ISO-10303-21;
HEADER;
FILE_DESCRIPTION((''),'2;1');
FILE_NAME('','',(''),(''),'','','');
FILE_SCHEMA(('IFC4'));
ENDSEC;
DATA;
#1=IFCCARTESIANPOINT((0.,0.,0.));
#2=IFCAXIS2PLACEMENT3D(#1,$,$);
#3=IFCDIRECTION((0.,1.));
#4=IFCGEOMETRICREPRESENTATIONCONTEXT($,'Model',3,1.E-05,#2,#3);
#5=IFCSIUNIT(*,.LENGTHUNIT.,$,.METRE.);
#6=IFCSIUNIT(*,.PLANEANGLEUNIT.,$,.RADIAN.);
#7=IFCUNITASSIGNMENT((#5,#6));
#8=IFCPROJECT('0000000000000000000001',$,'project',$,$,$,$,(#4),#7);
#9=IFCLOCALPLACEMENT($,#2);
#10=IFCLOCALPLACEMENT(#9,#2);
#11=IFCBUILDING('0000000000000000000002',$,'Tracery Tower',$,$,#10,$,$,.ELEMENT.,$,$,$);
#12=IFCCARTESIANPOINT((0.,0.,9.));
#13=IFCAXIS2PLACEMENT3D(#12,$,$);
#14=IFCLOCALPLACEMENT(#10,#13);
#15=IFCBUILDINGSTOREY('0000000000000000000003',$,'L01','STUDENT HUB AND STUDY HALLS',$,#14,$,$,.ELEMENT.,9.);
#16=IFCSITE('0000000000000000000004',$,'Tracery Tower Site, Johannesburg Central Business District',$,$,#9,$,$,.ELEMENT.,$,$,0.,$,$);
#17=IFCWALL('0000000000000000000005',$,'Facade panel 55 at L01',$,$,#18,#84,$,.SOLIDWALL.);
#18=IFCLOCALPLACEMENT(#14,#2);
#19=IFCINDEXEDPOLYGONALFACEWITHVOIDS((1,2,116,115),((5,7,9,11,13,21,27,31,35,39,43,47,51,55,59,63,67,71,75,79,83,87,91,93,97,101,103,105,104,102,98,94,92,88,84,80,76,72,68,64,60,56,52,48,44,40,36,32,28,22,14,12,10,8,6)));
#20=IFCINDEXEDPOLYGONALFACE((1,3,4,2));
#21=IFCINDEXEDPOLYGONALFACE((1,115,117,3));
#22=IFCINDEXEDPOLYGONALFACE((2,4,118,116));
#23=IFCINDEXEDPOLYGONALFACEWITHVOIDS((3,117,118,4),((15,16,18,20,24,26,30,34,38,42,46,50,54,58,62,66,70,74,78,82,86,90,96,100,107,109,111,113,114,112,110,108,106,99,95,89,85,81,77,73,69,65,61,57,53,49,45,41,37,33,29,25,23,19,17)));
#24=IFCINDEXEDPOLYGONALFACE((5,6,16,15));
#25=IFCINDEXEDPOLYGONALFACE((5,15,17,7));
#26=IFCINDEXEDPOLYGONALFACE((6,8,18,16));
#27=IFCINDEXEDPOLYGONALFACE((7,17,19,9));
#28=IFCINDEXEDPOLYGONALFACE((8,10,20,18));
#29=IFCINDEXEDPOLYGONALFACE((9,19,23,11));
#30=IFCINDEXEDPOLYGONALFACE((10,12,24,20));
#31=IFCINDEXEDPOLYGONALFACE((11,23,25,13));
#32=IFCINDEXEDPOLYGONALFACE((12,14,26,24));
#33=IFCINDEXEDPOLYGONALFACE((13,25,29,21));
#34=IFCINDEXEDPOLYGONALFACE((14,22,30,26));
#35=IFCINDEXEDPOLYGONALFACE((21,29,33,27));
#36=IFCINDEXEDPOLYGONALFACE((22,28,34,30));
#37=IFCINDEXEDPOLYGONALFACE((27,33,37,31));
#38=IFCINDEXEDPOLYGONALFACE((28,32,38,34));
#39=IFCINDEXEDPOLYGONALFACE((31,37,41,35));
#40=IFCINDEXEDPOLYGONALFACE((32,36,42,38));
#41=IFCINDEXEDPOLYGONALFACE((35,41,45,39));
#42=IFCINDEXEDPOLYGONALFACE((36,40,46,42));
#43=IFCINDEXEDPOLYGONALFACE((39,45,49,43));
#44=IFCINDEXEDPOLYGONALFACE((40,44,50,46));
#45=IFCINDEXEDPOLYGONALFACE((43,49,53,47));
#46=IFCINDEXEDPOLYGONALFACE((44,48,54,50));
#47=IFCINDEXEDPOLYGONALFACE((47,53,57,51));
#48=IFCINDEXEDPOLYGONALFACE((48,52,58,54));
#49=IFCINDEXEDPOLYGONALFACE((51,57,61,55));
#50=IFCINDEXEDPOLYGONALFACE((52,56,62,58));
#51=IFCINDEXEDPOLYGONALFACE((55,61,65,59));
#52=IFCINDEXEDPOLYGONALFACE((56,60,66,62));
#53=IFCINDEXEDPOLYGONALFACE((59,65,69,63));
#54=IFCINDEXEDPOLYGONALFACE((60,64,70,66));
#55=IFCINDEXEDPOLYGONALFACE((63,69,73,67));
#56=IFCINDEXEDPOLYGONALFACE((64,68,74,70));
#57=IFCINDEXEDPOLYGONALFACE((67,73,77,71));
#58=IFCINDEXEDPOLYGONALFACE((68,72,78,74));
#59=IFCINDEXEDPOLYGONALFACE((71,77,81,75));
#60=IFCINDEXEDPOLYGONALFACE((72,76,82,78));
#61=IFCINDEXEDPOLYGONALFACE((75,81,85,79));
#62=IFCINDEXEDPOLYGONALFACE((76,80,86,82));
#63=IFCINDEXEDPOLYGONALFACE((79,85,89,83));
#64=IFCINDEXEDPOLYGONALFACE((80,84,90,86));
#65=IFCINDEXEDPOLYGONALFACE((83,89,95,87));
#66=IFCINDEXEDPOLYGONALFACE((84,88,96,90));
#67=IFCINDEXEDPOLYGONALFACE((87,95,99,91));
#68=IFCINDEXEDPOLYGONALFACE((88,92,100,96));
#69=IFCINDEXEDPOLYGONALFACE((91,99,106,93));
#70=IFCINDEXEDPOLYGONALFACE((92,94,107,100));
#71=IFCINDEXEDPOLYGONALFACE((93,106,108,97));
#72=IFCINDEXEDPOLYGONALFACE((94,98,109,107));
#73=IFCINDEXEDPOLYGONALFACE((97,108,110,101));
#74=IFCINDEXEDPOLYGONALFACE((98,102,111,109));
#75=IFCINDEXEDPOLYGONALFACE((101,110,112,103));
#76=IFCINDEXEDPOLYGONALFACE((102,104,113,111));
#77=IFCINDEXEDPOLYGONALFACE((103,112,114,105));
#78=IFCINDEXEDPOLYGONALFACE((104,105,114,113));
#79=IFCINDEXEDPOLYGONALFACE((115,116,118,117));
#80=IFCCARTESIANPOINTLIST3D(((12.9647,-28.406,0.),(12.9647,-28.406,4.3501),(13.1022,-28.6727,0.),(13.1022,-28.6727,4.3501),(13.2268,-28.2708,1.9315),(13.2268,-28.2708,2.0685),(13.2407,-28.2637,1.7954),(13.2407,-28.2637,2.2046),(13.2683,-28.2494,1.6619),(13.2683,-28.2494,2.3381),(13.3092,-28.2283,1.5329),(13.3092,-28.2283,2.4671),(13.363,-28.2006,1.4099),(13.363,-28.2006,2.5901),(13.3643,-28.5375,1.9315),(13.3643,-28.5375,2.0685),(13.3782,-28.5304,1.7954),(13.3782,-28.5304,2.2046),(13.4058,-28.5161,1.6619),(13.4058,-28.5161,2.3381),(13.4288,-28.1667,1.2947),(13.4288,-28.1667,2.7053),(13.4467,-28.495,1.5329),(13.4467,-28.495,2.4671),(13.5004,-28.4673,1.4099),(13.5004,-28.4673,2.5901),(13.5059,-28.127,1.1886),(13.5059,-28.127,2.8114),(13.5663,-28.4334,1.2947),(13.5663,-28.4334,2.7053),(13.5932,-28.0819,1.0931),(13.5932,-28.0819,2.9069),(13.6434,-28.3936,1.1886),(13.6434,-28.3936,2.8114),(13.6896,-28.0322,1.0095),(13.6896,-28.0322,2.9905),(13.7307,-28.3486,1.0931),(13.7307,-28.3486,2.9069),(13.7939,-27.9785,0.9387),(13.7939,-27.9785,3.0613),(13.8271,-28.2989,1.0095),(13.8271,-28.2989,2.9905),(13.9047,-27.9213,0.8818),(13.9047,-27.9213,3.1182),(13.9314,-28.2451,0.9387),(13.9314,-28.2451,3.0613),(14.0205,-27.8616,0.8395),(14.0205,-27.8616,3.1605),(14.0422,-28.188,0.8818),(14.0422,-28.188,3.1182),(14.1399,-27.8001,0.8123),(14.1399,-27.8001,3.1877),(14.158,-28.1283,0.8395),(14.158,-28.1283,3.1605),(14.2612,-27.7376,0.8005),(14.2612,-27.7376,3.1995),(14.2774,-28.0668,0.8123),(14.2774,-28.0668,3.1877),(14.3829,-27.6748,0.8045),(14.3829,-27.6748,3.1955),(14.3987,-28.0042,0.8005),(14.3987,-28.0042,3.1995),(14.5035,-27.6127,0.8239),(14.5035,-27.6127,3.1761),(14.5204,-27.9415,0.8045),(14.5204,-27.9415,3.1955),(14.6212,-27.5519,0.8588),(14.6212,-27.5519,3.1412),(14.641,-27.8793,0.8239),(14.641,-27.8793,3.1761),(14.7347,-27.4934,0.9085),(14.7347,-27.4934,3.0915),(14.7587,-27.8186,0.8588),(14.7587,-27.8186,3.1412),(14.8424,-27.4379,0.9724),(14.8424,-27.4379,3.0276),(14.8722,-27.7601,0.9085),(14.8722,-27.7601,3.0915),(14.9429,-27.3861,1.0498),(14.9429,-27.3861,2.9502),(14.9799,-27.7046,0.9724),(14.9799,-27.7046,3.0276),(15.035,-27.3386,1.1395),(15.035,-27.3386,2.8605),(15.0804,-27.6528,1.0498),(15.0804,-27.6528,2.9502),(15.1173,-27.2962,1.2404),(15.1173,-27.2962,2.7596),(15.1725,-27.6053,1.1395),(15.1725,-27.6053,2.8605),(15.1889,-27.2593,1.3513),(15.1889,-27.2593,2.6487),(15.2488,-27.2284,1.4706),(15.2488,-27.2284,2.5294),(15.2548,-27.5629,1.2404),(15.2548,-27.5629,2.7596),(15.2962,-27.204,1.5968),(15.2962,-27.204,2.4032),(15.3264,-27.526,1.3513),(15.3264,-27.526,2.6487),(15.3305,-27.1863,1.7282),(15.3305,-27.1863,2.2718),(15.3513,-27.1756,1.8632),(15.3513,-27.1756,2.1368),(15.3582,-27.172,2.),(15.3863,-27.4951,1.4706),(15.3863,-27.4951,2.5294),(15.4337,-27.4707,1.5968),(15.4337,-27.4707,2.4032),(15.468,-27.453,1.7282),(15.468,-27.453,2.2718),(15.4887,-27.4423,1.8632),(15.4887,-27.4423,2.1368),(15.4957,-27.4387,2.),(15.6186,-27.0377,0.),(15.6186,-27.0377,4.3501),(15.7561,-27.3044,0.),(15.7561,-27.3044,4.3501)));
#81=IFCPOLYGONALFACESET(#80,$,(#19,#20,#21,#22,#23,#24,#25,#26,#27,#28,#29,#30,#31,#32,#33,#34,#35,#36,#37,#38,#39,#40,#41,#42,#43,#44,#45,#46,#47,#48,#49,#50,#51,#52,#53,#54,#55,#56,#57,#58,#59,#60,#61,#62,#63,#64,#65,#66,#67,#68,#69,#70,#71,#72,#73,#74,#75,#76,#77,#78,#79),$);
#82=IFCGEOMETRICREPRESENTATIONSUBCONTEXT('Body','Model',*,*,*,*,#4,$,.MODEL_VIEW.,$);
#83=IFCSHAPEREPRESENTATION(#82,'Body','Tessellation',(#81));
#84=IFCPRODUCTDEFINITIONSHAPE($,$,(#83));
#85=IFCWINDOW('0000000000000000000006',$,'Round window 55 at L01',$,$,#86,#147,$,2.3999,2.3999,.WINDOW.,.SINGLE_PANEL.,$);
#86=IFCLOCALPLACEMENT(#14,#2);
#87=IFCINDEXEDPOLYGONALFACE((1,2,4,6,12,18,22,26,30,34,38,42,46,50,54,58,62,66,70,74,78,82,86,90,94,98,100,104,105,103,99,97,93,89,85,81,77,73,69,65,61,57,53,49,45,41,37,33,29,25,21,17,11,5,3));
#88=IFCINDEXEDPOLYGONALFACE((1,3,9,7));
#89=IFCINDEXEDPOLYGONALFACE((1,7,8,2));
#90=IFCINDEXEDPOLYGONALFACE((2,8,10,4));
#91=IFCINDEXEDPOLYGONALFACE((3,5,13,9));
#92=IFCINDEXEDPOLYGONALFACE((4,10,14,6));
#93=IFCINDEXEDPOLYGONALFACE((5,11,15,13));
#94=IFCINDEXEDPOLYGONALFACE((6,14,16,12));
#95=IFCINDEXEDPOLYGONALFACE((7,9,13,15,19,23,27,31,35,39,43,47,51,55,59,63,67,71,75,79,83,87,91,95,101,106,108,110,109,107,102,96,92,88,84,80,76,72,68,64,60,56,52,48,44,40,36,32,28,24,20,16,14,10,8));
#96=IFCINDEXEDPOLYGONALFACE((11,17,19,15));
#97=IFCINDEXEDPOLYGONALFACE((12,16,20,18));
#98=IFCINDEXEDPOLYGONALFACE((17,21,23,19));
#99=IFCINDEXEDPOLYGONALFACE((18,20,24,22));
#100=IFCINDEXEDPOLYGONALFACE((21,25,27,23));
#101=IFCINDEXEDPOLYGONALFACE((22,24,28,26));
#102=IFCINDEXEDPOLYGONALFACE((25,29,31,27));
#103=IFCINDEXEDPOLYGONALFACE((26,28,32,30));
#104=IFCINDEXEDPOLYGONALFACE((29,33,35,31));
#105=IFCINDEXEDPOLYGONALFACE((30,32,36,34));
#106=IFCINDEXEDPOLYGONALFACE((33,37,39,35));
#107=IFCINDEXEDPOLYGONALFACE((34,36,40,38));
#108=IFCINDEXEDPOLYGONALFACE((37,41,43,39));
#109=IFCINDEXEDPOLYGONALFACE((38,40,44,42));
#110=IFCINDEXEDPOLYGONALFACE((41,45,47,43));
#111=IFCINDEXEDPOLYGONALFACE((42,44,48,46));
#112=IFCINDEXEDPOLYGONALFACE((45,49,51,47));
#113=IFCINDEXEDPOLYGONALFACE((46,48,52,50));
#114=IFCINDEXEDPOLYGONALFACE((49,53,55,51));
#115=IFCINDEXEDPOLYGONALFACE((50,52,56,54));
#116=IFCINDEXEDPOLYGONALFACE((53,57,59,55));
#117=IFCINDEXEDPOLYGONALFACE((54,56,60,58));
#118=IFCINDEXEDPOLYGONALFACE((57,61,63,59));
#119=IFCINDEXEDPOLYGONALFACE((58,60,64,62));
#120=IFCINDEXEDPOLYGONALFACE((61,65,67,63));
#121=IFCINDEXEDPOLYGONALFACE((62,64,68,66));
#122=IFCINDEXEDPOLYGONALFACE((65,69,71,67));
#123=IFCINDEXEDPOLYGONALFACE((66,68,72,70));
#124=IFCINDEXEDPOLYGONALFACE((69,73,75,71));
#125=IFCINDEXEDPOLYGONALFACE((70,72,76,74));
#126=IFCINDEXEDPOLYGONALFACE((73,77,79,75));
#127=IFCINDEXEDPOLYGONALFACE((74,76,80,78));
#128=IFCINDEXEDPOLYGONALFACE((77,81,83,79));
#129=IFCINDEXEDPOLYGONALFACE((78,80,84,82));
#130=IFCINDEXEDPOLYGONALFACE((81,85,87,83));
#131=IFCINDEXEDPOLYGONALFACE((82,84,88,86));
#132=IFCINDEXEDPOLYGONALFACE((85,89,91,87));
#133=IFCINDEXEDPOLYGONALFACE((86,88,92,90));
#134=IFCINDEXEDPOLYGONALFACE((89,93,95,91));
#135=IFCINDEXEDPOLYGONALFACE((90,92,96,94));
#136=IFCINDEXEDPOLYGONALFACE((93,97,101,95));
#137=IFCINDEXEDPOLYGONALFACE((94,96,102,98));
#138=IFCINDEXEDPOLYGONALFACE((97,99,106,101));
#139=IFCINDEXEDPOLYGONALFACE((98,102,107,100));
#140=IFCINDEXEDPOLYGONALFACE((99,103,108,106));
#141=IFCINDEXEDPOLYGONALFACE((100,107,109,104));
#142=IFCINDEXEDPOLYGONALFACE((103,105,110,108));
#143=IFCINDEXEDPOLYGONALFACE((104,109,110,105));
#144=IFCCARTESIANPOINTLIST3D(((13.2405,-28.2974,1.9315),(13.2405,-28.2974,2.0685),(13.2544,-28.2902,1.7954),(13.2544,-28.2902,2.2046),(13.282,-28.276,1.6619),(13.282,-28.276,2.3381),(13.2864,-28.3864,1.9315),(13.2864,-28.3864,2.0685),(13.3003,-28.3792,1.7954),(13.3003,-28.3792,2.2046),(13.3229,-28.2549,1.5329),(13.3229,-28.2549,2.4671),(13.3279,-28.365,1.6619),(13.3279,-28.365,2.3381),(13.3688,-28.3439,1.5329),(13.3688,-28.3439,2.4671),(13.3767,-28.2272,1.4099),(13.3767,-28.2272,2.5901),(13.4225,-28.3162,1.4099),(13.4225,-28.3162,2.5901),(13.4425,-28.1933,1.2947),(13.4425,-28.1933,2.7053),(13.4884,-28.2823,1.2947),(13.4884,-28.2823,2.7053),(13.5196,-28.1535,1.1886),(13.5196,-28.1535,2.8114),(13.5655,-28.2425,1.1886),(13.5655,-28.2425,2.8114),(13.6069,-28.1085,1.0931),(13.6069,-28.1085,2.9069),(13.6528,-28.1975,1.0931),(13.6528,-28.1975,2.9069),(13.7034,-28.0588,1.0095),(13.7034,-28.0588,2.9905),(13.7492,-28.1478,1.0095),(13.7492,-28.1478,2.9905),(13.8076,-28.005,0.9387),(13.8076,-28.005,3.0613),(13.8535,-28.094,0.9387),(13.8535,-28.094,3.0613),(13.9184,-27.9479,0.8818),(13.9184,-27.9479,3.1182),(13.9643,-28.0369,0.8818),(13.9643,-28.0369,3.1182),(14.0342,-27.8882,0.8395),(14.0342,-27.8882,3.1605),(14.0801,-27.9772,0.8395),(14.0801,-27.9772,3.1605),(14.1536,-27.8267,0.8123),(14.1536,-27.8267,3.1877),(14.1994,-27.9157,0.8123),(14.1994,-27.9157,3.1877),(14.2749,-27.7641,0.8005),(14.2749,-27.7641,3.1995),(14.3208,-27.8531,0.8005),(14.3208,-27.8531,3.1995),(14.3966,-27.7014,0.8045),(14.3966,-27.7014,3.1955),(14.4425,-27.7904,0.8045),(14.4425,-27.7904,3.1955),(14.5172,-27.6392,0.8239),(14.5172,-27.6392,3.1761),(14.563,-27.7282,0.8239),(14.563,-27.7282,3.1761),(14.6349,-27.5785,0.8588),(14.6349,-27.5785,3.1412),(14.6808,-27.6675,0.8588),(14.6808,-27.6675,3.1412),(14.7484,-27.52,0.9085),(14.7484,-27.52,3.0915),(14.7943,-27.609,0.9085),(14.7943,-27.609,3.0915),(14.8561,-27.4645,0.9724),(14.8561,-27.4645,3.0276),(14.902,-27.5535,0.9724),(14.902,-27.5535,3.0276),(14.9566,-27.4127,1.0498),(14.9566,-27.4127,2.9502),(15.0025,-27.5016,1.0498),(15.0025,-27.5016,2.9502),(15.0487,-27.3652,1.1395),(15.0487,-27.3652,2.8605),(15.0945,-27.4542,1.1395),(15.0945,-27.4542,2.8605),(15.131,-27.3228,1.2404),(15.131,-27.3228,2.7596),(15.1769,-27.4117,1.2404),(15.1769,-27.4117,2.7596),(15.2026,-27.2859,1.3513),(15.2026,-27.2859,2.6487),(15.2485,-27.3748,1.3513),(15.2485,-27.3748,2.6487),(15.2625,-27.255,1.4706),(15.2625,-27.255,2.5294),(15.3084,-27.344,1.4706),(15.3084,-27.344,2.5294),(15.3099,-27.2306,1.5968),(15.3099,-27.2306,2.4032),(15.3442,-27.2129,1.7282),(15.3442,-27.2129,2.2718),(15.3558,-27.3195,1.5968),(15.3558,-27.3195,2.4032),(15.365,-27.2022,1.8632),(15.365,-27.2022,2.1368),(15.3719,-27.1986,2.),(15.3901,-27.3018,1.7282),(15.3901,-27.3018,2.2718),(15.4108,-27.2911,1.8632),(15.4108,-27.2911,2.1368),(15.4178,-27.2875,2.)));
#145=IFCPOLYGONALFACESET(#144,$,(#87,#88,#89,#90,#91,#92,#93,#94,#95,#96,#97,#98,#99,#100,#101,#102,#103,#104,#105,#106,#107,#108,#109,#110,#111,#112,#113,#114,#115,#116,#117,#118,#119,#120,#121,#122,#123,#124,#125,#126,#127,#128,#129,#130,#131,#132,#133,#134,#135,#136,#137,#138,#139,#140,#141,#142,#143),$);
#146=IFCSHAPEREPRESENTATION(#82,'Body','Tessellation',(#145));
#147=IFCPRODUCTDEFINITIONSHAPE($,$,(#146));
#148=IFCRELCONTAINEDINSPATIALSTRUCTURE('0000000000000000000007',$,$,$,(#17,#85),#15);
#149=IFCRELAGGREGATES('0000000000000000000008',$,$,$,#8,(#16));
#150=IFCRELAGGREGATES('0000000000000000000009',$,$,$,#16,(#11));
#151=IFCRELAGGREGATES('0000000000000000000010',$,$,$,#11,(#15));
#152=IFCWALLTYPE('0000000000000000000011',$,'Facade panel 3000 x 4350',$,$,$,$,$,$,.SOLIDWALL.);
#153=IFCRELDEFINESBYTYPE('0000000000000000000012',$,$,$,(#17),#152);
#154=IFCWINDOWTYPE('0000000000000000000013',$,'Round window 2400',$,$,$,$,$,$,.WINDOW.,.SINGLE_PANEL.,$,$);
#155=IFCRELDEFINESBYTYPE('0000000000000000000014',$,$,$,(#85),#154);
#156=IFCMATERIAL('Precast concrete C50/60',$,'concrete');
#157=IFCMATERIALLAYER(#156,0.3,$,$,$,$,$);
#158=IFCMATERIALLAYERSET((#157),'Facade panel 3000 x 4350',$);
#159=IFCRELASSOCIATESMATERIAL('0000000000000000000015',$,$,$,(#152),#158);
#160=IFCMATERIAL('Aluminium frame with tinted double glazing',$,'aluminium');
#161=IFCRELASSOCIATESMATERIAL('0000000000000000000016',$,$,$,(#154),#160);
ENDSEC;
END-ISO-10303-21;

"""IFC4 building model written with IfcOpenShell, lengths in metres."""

from ifc_helpers import new_model, si_unit, direction, frame, frame_2d, origin, origin_2d, place, context, subcontext, project, spatial, rectangle, circle, extrude, material, layer, layer_set, type_object, element, fill, save


model = new_model("IFC4")

# Units and contexts
model_context = context("Model", 3, precision=1e-05, world=origin(), true_north=direction((0.0, 1.0)))
body_context = subcontext(model_context, "Body", "Model", "MODEL_VIEW")
ifc_project = project(units=[si_unit("LENGTHUNIT", "METRE"), si_unit("PLANEANGLEUNIT", "RADIAN")], contexts=[model_context])

# Site, building, storey
site_placement = place(None, origin())
site = spatial("IfcSite", under=ifc_project, at=site_placement, Name="Tracery Tower Site, Johannesburg Central Business District", CompositionType="ELEMENT", RefElevation=0.0)
building_placement = place(site_placement, origin())
building = spatial("IfcBuilding", under=site, at=building_placement, Name="Tracery Tower", CompositionType="ELEMENT")
storey_placement = place(building_placement, frame((0.0, 0.0, 9.0)))
storey = spatial("IfcBuildingStorey", under=building, at=storey_placement, Name="L01", Description="STUDENT HUB AND STUDY HALLS", CompositionType="ELEMENT", Elevation=9.0)

# Wall, opening, window
ifc_material_1 = material(Name="Precast concrete C50/60", Category="concrete")
ifc_layer_1 = layer(ifc_material_1, 0.3)
ifc_layer_set_1 = layer_set([ifc_layer_1], Name="Facade panel 3000 x 4350")
wall_type_1 = type_object("IfcWallType", Name="Facade panel 3000 x 4350", PredefinedType="SOLIDWALL", material=ifc_layer_set_1)
wall_1_placement = place(storey_placement, frame((13.0334, -28.5393, 0.0), z_axis=(0.0, 0.0, 1.0), x_axis=(0.888831, 0.458235, 0.0)))
wall_1 = element("IfcWall", 1, at=wall_1_placement, inside=storey, type_object=wall_type_1, Name="Facade panel 55 at L01", PredefinedType="SOLIDWALL", context=body_context, shape_type="SweptSolid", body=[
    extrude(rectangle(XDim=2.9858, YDim=0.3, at=frame_2d((1.4929, 0.0))), origin(), (0.0, 0.0, 1.0), 4.3501),
])
opening_1_placement = place(wall_1_placement, frame((1.4929, 0.0, 2.0)))
opening_1 = element("IfcOpeningElement", 2, at=opening_1_placement, cuts=wall_1, PredefinedType="OPENING", context=body_context, shape_type="SweptSolid", body=[
    extrude(circle(Radius=1.2, at=origin_2d()), frame((0.0, 0.1599, 0.0), z_axis=(0.0, -1.0, 0.0), x_axis=(1.0, 0.0, 0.0)), (0.0, 0.0, 1.0), 0.3201),
])
ifc_material_2 = material(Name="Aluminium frame with tinted double glazing", Category="aluminium")
window_type = type_object("IfcWindowType", Name="Round window 2400", PartitioningType="SINGLE_PANEL", PredefinedType="WINDOW", material=ifc_material_2)
window_1_placement = place(opening_1_placement, origin())
window_1 = element("IfcWindow", 3, at=window_1_placement, inside=storey, type_object=window_type, Name="Round window 55 at L01", OverallHeight=2.3999, OverallWidth=2.3999, PartitioningType="SINGLE_PANEL", PredefinedType="WINDOW", context=body_context, shape_type="SweptSolid", body=[
    extrude(circle(Radius=1.2, at=origin_2d()), frame((0.0, 0.1201, 0.0), z_axis=(0.0, -1.0, 0.0), x_axis=(1.0, 0.0, 0.0)), (0.0, 0.0, 1.0), 0.1001),
])
fill(opening_1, window_1)

save(model, "model.ifc")
